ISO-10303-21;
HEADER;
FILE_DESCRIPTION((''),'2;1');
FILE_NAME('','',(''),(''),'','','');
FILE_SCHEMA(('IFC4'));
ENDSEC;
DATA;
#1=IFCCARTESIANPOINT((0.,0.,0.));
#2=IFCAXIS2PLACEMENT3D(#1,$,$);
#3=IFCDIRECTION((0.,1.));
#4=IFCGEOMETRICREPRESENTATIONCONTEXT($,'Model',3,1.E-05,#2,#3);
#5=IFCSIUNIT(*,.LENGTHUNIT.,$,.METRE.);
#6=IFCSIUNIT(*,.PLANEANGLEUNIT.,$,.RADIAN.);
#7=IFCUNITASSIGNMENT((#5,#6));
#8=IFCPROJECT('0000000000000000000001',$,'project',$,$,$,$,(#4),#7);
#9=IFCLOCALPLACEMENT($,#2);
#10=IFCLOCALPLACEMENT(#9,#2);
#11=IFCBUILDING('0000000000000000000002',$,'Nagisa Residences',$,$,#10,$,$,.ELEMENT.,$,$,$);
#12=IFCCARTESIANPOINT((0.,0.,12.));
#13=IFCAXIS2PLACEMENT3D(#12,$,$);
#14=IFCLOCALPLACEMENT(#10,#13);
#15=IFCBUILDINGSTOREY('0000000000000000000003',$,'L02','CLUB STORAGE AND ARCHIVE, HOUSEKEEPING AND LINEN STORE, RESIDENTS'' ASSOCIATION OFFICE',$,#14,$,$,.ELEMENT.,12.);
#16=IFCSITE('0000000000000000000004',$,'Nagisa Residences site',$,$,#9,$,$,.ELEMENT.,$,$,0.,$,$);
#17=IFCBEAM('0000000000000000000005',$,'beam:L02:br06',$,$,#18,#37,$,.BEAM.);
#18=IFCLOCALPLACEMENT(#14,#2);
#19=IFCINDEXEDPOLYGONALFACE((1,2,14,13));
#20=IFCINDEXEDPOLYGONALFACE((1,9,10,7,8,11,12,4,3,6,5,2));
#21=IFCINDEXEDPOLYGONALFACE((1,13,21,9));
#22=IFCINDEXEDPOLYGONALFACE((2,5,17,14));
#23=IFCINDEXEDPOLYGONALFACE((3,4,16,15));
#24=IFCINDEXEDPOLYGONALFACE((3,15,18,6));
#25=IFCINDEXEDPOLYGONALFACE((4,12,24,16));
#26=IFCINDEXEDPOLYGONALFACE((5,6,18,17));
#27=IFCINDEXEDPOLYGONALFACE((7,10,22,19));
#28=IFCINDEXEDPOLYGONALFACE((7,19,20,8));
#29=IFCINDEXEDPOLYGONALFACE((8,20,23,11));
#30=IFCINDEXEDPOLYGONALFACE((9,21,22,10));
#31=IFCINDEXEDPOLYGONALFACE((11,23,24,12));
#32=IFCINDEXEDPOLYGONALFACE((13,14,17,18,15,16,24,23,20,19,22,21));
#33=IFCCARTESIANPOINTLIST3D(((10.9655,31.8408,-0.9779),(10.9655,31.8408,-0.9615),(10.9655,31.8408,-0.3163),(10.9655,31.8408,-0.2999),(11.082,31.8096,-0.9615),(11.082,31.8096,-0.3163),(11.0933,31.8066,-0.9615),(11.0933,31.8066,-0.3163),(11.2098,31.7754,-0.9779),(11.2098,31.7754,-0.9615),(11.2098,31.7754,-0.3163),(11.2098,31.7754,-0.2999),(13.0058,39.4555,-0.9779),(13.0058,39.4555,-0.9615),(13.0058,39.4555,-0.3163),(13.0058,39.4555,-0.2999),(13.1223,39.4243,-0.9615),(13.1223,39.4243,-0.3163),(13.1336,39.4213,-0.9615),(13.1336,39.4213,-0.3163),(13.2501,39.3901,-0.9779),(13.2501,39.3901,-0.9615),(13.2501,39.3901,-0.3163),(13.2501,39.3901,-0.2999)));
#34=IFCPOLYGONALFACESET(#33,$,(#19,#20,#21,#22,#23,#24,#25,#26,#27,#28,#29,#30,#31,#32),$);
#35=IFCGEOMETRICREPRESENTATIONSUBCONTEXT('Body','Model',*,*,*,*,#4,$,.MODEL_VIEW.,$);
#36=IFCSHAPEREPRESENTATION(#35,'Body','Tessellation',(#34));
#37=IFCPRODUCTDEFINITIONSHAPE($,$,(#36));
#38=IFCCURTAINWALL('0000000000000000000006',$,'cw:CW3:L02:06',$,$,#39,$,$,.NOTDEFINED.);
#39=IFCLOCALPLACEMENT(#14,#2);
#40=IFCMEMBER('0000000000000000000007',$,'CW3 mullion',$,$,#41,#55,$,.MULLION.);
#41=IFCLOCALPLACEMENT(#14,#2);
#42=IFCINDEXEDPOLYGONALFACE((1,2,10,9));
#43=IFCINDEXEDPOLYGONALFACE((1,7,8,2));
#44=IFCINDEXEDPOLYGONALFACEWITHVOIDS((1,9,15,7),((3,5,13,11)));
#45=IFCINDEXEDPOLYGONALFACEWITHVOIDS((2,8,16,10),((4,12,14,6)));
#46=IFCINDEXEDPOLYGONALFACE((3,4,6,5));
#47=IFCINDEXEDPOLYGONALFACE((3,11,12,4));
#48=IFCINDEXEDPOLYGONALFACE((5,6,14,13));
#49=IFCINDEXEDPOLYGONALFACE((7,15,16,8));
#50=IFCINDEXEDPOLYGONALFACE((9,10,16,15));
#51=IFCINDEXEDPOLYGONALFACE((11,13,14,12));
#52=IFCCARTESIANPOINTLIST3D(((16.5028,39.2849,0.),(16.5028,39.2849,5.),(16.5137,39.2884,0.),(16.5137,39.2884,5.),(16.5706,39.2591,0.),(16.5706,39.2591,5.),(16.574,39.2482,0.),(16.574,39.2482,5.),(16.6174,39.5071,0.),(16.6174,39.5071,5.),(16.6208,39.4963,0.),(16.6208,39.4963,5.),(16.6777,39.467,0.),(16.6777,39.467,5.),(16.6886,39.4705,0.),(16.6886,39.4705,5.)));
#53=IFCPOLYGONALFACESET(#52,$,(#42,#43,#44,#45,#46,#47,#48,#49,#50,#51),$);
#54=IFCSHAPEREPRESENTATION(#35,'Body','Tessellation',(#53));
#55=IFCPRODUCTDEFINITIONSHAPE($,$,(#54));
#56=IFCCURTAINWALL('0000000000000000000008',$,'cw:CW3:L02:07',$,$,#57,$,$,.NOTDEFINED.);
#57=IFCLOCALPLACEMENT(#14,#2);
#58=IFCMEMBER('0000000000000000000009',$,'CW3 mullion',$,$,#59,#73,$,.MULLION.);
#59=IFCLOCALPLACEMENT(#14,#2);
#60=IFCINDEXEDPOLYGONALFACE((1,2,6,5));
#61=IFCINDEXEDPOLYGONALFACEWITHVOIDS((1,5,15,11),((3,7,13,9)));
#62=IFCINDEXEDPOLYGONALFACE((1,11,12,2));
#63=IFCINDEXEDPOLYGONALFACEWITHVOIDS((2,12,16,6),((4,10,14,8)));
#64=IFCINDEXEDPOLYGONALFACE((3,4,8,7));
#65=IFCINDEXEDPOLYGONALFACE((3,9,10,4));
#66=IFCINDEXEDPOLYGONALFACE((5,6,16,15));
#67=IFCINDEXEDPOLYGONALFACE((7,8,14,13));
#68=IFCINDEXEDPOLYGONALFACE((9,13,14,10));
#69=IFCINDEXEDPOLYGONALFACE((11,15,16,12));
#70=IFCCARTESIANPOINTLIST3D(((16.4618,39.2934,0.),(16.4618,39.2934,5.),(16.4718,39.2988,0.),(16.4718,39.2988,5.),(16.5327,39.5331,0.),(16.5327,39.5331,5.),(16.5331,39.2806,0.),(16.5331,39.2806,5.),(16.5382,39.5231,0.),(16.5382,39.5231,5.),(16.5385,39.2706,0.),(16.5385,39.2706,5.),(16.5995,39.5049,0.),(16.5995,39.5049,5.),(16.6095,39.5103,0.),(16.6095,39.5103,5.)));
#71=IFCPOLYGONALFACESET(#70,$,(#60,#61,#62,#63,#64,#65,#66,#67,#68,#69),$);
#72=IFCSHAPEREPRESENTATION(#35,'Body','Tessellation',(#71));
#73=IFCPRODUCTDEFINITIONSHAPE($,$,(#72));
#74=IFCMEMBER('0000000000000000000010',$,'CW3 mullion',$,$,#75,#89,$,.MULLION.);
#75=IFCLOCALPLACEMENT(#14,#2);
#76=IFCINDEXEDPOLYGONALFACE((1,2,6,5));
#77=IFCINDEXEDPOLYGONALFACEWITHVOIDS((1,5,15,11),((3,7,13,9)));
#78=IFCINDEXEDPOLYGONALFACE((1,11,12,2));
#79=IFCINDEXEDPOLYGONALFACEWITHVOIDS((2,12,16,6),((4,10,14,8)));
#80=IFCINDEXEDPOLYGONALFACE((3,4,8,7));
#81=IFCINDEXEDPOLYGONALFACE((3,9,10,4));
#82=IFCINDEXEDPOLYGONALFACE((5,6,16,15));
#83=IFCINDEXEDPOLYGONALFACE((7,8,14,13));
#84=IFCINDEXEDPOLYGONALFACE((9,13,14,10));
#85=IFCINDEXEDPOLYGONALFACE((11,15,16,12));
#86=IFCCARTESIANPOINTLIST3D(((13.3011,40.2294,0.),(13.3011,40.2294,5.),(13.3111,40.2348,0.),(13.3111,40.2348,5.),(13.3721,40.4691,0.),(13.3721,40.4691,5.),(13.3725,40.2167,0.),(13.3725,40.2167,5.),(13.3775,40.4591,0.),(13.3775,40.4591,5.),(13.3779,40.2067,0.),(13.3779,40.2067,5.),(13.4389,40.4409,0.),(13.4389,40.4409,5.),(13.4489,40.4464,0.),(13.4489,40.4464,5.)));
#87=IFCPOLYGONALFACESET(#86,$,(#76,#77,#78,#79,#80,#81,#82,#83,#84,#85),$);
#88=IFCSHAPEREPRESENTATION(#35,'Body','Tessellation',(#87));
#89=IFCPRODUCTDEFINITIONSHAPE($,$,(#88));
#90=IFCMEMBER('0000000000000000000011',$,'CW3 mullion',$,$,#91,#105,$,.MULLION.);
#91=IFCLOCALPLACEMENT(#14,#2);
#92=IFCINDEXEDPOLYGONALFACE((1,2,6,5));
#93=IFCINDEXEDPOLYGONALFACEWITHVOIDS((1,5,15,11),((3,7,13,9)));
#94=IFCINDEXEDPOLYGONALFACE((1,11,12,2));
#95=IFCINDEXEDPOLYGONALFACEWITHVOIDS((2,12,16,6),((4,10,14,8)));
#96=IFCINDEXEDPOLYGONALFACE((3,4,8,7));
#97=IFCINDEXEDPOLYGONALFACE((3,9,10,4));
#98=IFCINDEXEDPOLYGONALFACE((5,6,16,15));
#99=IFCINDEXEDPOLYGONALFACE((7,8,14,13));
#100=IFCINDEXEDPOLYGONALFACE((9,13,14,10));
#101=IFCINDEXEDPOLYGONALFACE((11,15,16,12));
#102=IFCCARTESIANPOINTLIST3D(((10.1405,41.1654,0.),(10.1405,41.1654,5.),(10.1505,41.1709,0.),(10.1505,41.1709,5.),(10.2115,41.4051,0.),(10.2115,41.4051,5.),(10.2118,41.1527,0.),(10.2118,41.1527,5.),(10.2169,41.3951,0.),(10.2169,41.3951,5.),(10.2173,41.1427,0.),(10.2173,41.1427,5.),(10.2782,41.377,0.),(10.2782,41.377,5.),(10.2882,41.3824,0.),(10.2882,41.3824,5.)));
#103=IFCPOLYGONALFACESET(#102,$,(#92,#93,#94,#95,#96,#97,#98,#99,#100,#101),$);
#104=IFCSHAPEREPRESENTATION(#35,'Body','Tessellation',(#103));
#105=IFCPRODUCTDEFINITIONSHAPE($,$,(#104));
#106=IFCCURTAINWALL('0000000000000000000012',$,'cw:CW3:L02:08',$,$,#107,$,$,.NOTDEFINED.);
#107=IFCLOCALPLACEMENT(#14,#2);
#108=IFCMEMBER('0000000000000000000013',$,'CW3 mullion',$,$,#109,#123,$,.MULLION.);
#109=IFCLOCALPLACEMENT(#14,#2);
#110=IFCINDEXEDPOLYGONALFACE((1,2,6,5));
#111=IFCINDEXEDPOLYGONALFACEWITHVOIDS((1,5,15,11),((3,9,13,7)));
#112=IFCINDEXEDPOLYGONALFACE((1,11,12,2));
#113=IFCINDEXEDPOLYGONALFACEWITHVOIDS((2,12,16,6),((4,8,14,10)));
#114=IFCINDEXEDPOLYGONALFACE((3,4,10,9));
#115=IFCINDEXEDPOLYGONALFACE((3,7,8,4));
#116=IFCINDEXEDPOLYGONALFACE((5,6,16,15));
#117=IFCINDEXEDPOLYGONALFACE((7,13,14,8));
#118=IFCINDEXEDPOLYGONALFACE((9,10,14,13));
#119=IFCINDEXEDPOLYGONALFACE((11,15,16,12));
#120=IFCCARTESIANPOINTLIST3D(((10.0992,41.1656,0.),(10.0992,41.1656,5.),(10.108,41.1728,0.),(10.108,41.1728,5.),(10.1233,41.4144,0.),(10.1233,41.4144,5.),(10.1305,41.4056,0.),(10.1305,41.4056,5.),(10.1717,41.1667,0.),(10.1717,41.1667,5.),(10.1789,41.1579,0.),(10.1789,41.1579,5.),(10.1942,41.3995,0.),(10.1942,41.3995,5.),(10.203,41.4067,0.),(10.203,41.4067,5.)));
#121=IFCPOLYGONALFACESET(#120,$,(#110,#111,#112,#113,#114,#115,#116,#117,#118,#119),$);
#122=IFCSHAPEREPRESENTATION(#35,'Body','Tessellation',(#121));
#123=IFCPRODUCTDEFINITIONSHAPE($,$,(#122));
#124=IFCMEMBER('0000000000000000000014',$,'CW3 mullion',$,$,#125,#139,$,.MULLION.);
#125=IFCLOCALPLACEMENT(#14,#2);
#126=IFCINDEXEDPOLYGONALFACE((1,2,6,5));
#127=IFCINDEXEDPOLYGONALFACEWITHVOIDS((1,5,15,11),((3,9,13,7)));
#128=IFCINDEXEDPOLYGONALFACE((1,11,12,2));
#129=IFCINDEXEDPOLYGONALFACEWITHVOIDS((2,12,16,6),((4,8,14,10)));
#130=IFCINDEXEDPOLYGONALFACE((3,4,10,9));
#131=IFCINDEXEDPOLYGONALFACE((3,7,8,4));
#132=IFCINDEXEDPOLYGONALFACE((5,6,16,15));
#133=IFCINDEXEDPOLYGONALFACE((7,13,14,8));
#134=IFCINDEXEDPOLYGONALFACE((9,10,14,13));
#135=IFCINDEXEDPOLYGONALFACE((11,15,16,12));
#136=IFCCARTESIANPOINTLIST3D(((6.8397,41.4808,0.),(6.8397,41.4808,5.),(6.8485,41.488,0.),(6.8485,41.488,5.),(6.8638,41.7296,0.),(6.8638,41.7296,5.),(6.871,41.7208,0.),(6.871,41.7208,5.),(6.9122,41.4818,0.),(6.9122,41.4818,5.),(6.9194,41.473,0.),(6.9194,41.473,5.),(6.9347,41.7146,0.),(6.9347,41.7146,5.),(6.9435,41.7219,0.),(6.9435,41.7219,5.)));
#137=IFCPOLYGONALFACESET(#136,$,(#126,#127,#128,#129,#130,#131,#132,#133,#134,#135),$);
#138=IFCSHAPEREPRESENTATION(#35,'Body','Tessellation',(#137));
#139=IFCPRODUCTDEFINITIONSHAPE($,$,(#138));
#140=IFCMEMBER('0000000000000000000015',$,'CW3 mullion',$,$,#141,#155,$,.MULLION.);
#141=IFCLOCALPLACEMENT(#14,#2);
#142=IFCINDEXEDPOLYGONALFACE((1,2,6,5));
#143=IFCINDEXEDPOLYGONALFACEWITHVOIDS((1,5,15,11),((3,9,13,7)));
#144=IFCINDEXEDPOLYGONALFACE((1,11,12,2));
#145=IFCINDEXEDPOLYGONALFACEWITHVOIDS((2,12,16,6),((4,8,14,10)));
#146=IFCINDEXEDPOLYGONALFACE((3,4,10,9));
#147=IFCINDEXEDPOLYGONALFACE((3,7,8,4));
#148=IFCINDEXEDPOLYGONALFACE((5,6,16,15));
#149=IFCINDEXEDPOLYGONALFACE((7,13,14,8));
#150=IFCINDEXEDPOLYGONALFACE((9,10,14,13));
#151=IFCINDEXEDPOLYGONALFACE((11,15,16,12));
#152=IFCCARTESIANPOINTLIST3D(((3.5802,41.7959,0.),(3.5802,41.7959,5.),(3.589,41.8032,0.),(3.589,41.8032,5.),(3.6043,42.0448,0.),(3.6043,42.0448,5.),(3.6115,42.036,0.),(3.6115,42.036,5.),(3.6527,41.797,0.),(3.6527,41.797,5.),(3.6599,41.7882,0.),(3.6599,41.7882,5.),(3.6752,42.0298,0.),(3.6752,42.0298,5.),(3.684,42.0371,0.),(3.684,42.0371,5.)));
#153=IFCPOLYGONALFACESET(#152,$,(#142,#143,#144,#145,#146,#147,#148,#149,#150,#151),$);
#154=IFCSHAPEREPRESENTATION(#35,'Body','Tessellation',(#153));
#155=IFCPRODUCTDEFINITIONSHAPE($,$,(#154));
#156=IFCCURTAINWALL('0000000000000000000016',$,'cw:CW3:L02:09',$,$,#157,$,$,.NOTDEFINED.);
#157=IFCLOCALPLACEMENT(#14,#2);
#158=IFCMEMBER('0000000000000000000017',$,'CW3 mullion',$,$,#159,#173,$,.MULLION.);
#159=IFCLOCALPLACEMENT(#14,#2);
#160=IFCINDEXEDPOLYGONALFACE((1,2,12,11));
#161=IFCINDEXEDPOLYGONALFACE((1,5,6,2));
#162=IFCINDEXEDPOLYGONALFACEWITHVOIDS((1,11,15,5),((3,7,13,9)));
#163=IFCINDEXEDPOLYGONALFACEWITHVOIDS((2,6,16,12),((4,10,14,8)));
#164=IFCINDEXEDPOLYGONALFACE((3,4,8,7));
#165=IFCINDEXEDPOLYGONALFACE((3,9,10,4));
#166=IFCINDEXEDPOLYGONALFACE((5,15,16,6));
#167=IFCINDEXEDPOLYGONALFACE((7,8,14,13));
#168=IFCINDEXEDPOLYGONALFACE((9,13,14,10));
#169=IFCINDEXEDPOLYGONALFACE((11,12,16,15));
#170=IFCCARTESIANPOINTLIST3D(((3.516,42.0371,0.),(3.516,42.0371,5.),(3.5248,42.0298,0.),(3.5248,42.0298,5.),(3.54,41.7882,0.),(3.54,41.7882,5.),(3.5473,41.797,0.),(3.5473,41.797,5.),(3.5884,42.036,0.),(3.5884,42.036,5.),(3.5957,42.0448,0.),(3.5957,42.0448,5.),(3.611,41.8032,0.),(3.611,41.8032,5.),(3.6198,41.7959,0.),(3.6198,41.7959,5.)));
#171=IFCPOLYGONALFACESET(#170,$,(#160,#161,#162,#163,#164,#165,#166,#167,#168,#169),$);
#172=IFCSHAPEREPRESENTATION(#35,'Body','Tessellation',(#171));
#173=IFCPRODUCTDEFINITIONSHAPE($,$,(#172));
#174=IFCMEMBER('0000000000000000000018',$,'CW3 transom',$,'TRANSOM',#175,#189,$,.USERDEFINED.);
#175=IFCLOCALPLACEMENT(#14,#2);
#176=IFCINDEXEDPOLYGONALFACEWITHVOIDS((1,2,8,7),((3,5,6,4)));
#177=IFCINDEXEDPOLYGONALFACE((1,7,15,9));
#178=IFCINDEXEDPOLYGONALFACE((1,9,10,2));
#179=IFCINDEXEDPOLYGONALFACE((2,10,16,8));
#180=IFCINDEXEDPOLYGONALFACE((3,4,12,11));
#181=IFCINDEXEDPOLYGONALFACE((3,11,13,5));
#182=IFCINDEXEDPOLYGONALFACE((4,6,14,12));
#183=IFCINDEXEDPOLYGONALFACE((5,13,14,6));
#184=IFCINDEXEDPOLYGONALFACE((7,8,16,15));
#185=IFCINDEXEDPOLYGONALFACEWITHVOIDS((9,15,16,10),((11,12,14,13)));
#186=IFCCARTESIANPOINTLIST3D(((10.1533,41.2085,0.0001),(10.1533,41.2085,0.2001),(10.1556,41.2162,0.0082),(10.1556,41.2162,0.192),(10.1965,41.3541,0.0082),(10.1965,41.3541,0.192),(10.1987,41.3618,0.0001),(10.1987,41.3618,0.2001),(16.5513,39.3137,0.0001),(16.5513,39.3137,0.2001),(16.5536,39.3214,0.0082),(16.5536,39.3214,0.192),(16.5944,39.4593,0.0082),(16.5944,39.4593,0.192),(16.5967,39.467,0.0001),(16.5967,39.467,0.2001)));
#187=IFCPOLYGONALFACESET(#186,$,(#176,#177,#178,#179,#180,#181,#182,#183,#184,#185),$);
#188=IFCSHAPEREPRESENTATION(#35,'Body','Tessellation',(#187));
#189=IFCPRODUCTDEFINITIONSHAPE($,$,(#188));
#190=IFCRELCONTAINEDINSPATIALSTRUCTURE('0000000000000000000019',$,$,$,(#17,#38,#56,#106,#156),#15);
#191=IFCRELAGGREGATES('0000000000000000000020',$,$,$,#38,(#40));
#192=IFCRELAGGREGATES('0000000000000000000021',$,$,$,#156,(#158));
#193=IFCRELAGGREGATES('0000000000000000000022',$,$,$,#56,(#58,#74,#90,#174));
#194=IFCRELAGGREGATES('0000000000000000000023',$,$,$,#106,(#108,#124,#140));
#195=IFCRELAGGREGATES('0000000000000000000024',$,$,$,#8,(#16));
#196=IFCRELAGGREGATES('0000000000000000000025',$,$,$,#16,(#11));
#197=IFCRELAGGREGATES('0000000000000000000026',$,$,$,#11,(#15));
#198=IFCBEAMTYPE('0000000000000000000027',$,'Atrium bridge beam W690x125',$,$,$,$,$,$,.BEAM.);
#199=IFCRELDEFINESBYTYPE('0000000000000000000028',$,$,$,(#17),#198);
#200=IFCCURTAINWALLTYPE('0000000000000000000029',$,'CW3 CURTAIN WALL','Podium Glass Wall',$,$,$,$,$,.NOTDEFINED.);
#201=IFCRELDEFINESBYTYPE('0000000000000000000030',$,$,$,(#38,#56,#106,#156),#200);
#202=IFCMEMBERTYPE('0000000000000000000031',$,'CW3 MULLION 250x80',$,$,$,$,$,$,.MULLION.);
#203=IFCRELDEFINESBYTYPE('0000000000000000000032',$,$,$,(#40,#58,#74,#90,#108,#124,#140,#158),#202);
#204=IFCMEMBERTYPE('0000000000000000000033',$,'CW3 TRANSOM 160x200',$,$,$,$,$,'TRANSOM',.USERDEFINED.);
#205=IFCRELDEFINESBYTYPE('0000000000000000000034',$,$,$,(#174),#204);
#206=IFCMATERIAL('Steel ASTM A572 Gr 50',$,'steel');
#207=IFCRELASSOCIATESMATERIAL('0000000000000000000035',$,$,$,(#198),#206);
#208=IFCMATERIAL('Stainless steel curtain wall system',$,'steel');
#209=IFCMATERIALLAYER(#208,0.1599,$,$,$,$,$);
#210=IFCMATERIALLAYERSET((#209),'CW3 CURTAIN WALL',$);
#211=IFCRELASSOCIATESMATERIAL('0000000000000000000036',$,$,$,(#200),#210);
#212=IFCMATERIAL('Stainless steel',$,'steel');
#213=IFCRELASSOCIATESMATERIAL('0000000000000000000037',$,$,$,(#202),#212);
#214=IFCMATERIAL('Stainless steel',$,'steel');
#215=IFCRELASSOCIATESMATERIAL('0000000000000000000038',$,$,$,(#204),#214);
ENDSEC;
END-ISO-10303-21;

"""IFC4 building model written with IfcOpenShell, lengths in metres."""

from ifc_helpers import new_model, si_unit, direction, frame, origin, origin_2d, place, context, subcontext, project, spatial, hollow_rectangle, i_section, extrude, material, layer, layer_set, material_profile, profile_set, type_object, element, aggregate, save


model = new_model("IFC4")

# Units and contexts
model_context = context("Model", 3, precision=1e-05, world=origin(), true_north=direction((0.0, 1.0)))
body_context = subcontext(model_context, "Body", "Model", "MODEL_VIEW")
ifc_project = project(units=[si_unit("LENGTHUNIT", "METRE"), si_unit("PLANEANGLEUNIT", "RADIAN")], contexts=[model_context])

# Site, building, storey
site_placement = place(None, origin())
site = spatial("IfcSite", under=ifc_project, at=site_placement, Name="Nagisa Residences site", CompositionType="ELEMENT", RefElevation=0.0)
building_placement = place(site_placement, origin())
building = spatial("IfcBuilding", under=site, at=building_placement, Name="Nagisa Residences", CompositionType="ELEMENT")
storey_placement = place(building_placement, frame((0.0, 0.0, 12.0)))
storey = spatial("IfcBuildingStorey", under=building, at=storey_placement, Name="L02", Description="CLUB STORAGE AND ARCHIVE, HOUSEKEEPING AND LINEN STORE, RESIDENTS' ASSOCIATION OFFICE", CompositionType="ELEMENT", Elevation=12.0)

# Beam
ifc_material_1 = material(Name="Steel ASTM A572 Gr 50", Category="steel")
ifc_material_profile_1 = material_profile(ifc_material_1, i_section(OverallWidth=0.2529, OverallDepth=0.678, WebThickness=0.0117, FlangeThickness=0.0164, at=origin_2d()), Name="W690x125")
ifc_profile_set_1 = profile_set([ifc_material_profile_1], Name="Steel ASTM A572 Gr 50")
beam_type_1 = type_object("IfcBeamType", Name="Atrium bridge beam W690x125", PredefinedType="BEAM", material=ifc_profile_set_1)
beam_1_placement = place(storey_placement, frame((11.0876, 31.8081, -0.6389), z_axis=(0.258809, 0.965928, 0.0), x_axis=(-0.965928, 0.258809, 0.0)))
element("IfcBeam", 1, at=beam_1_placement, inside=storey, type_object=beam_type_1, Name="beam:L02:br06", PredefinedType="BEAM", context=body_context, shape_type="SweptSolid", body=[
    extrude(i_section(OverallWidth=0.2529, OverallDepth=0.678, WebThickness=0.0117, FlangeThickness=0.0164, at=origin_2d()), origin(), (0.0, 0.0, 1.0), 7.8833),
])

# Curtain wall, member
ifc_material_2 = material(Name="Stainless steel curtain wall system", Category="steel")
ifc_layer_1 = layer(ifc_material_2, 0.1599)
ifc_layer_set_1 = layer_set([ifc_layer_1], Name="CW3 CURTAIN WALL")
curtain_wall_type_1 = type_object("IfcCurtainWallType", Name="CW3 CURTAIN WALL", Description="Podium Glass Wall", PredefinedType="NOTDEFINED", material=ifc_layer_set_1)
curtain_wall_1_placement = place(storey_placement, origin())
curtain_wall_1 = element("IfcCurtainWall", 2, at=curtain_wall_1_placement, inside=storey, type_object=curtain_wall_type_1, Name="cw:CW3:L02:06", PredefinedType="NOTDEFINED")
ifc_material_3 = material(Name="Stainless steel", Category="steel")
ifc_material_profile_2 = material_profile(ifc_material_3, hollow_rectangle(XDim=0.25, YDim=0.0801, WallThickness=0.0081, at=origin_2d()), Name="CW3 MULLION 250x80")
ifc_profile_set_2 = profile_set([ifc_material_profile_2], Name="Stainless steel")
member_type_1 = type_object("IfcMemberType", Name="CW3 MULLION 250x80", PredefinedType="MULLION", material=ifc_profile_set_2)
member_1_placement = place(storey_placement, frame((16.5957, 39.3777, 0.0), z_axis=(0.0, 0.0, 1.0), x_axis=(-0.458126, -0.888887, 0.0)))
member_1 = element("IfcMember", 3, at=member_1_placement, type_object=member_type_1, Name="CW3 mullion", PredefinedType="MULLION", context=body_context, shape_type="SweptSolid", body=[
    extrude(hollow_rectangle(XDim=0.25, YDim=0.0801, WallThickness=0.0081, at=origin_2d()), origin(), (0.0, 0.0, 1.0), 5.0),
])
aggregate(curtain_wall_1, [member_1])

# Curtain walls, members
curtain_wall_2_placement = place(storey_placement, origin())
curtain_wall_2 = element("IfcCurtainWall", 4, at=curtain_wall_2_placement, inside=storey, type_object=curtain_wall_type_1, Name="cw:CW3:L02:07", PredefinedType="NOTDEFINED")
member_2_placement = place(storey_placement, frame((16.5356, 39.4019, 0.0), z_axis=(0.0, 0.0, 1.0), x_axis=(-0.283963, -0.958835, 0.0)))
member_2 = element("IfcMember", 5, at=member_2_placement, type_object=member_type_1, Name="CW3 mullion", PredefinedType="MULLION", context=body_context, shape_type="SweptSolid", body=[
    extrude(hollow_rectangle(XDim=0.25, YDim=0.0801, WallThickness=0.0081, at=origin_2d()), origin(), (0.0, 0.0, 1.0), 5.0),
])
member_3_placement = place(storey_placement, frame((13.375, 40.3379, 0.0), z_axis=(0.0, 0.0, 1.0), x_axis=(-0.283963, -0.958835, 0.0)))
member_3 = element("IfcMember", 6, at=member_3_placement, type_object=member_type_1, Name="CW3 mullion", PredefinedType="MULLION", context=body_context, shape_type="SweptSolid", body=[
    extrude(hollow_rectangle(XDim=0.25, YDim=0.0801, WallThickness=0.0081, at=origin_2d()), origin(), (0.0, 0.0, 1.0), 5.0),
])
member_4_placement = place(storey_placement, frame((10.2144, 41.2739, 0.0), z_axis=(0.0, 0.0, 1.0), x_axis=(-0.283963, -0.958835, 0.0)))
member_4 = element("IfcMember", 7, at=member_4_placement, type_object=member_type_1, Name="CW3 mullion", PredefinedType="MULLION", context=body_context, shape_type="SweptSolid", body=[
    extrude(hollow_rectangle(XDim=0.25, YDim=0.0801, WallThickness=0.0081, at=origin_2d()), origin(), (0.0, 0.0, 1.0), 5.0),
])
curtain_wall_3_placement = place(storey_placement, origin())
curtain_wall_3 = element("IfcCurtainWall", 8, at=curtain_wall_3_placement, inside=storey, type_object=curtain_wall_type_1, Name="cw:CW3:L02:08", PredefinedType="NOTDEFINED")
member_5_placement = place(storey_placement, frame((10.1511, 41.2861, 0.0), z_axis=(0.0, 0.0, 1.0), x_axis=(-0.096249, -0.995357, 0.0)))
member_5 = element("IfcMember", 9, at=member_5_placement, type_object=member_type_1, Name="CW3 mullion", PredefinedType="MULLION", context=body_context, shape_type="SweptSolid", body=[
    extrude(hollow_rectangle(XDim=0.25, YDim=0.0801, WallThickness=0.0081, at=origin_2d()), origin(), (0.0, 0.0, 1.0), 5.0),
])
member_6_placement = place(storey_placement, frame((6.8916, 41.6013, 0.0), z_axis=(0.0, 0.0, 1.0), x_axis=(-0.096249, -0.995357, 0.0)))
member_6 = element("IfcMember", 10, at=member_6_placement, type_object=member_type_1, Name="CW3 mullion", PredefinedType="MULLION", context=body_context, shape_type="SweptSolid", body=[
    extrude(hollow_rectangle(XDim=0.25, YDim=0.0801, WallThickness=0.0081, at=origin_2d()), origin(), (0.0, 0.0, 1.0), 5.0),
])
member_7_placement = place(storey_placement, frame((3.6321, 41.9165, 0.0), z_axis=(0.0, 0.0, 1.0), x_axis=(-0.096249, -0.995357, 0.0)))
member_7 = element("IfcMember", 11, at=member_7_placement, type_object=member_type_1, Name="CW3 mullion", PredefinedType="MULLION", context=body_context, shape_type="SweptSolid", body=[
    extrude(hollow_rectangle(XDim=0.25, YDim=0.0801, WallThickness=0.0081, at=origin_2d()), origin(), (0.0, 0.0, 1.0), 5.0),
])

# Curtain wall, member
curtain_wall_4_placement = place(storey_placement, origin())
curtain_wall_4 = element("IfcCurtainWall", 12, at=curtain_wall_4_placement, inside=storey, type_object=curtain_wall_type_1, Name="cw:CW3:L02:09", PredefinedType="NOTDEFINED")
member_8_placement = place(storey_placement, frame((3.5679, 41.9165, 0.0), z_axis=(0.0, 0.0, 1.0), x_axis=(0.096249, -0.995357, 0.0)))
member_8 = element("IfcMember", 13, at=member_8_placement, type_object=member_type_1, Name="CW3 mullion", PredefinedType="MULLION", context=body_context, shape_type="SweptSolid", body=[
    extrude(hollow_rectangle(XDim=0.25, YDim=0.0801, WallThickness=0.0081, at=origin_2d()), origin(), (0.0, 0.0, 1.0), 5.0),
])

# Member
ifc_material_4 = material(Name="Stainless steel", Category="steel")
ifc_material_profile_3 = material_profile(ifc_material_4, hollow_rectangle(XDim=0.1599, YDim=0.2, WallThickness=0.0081, at=origin_2d()), Name="CW3 TRANSOM 160x200")
ifc_profile_set_3 = profile_set([ifc_material_profile_3], Name="Stainless steel")
member_type_2 = type_object("IfcMemberType", Name="CW3 TRANSOM 160x200", ElementType="TRANSOM", PredefinedType="USERDEFINED", material=ifc_profile_set_3)
member_9_placement = place(storey_placement, frame((16.574, 39.3904, 0.1001), z_axis=(-0.958835, 0.283963, 0.0), x_axis=(-0.283963, -0.958835, 0.0)))
member_9 = element("IfcMember", 14, at=member_9_placement, type_object=member_type_2, Name="CW3 transom", ObjectType="TRANSOM", PredefinedType="USERDEFINED", context=body_context, shape_type="SweptSolid", body=[
    extrude(hollow_rectangle(XDim=0.1599, YDim=0.2, WallThickness=0.0081, at=origin_2d()), origin(), (0.0, 0.0, 1.0), 6.6726),
])
aggregate(curtain_wall_4, [member_8])

aggregate(curtain_wall_2, [member_2, member_3, member_4, member_9])
aggregate(curtain_wall_3, [member_5, member_6, member_7])

save(model, "model.ifc")
